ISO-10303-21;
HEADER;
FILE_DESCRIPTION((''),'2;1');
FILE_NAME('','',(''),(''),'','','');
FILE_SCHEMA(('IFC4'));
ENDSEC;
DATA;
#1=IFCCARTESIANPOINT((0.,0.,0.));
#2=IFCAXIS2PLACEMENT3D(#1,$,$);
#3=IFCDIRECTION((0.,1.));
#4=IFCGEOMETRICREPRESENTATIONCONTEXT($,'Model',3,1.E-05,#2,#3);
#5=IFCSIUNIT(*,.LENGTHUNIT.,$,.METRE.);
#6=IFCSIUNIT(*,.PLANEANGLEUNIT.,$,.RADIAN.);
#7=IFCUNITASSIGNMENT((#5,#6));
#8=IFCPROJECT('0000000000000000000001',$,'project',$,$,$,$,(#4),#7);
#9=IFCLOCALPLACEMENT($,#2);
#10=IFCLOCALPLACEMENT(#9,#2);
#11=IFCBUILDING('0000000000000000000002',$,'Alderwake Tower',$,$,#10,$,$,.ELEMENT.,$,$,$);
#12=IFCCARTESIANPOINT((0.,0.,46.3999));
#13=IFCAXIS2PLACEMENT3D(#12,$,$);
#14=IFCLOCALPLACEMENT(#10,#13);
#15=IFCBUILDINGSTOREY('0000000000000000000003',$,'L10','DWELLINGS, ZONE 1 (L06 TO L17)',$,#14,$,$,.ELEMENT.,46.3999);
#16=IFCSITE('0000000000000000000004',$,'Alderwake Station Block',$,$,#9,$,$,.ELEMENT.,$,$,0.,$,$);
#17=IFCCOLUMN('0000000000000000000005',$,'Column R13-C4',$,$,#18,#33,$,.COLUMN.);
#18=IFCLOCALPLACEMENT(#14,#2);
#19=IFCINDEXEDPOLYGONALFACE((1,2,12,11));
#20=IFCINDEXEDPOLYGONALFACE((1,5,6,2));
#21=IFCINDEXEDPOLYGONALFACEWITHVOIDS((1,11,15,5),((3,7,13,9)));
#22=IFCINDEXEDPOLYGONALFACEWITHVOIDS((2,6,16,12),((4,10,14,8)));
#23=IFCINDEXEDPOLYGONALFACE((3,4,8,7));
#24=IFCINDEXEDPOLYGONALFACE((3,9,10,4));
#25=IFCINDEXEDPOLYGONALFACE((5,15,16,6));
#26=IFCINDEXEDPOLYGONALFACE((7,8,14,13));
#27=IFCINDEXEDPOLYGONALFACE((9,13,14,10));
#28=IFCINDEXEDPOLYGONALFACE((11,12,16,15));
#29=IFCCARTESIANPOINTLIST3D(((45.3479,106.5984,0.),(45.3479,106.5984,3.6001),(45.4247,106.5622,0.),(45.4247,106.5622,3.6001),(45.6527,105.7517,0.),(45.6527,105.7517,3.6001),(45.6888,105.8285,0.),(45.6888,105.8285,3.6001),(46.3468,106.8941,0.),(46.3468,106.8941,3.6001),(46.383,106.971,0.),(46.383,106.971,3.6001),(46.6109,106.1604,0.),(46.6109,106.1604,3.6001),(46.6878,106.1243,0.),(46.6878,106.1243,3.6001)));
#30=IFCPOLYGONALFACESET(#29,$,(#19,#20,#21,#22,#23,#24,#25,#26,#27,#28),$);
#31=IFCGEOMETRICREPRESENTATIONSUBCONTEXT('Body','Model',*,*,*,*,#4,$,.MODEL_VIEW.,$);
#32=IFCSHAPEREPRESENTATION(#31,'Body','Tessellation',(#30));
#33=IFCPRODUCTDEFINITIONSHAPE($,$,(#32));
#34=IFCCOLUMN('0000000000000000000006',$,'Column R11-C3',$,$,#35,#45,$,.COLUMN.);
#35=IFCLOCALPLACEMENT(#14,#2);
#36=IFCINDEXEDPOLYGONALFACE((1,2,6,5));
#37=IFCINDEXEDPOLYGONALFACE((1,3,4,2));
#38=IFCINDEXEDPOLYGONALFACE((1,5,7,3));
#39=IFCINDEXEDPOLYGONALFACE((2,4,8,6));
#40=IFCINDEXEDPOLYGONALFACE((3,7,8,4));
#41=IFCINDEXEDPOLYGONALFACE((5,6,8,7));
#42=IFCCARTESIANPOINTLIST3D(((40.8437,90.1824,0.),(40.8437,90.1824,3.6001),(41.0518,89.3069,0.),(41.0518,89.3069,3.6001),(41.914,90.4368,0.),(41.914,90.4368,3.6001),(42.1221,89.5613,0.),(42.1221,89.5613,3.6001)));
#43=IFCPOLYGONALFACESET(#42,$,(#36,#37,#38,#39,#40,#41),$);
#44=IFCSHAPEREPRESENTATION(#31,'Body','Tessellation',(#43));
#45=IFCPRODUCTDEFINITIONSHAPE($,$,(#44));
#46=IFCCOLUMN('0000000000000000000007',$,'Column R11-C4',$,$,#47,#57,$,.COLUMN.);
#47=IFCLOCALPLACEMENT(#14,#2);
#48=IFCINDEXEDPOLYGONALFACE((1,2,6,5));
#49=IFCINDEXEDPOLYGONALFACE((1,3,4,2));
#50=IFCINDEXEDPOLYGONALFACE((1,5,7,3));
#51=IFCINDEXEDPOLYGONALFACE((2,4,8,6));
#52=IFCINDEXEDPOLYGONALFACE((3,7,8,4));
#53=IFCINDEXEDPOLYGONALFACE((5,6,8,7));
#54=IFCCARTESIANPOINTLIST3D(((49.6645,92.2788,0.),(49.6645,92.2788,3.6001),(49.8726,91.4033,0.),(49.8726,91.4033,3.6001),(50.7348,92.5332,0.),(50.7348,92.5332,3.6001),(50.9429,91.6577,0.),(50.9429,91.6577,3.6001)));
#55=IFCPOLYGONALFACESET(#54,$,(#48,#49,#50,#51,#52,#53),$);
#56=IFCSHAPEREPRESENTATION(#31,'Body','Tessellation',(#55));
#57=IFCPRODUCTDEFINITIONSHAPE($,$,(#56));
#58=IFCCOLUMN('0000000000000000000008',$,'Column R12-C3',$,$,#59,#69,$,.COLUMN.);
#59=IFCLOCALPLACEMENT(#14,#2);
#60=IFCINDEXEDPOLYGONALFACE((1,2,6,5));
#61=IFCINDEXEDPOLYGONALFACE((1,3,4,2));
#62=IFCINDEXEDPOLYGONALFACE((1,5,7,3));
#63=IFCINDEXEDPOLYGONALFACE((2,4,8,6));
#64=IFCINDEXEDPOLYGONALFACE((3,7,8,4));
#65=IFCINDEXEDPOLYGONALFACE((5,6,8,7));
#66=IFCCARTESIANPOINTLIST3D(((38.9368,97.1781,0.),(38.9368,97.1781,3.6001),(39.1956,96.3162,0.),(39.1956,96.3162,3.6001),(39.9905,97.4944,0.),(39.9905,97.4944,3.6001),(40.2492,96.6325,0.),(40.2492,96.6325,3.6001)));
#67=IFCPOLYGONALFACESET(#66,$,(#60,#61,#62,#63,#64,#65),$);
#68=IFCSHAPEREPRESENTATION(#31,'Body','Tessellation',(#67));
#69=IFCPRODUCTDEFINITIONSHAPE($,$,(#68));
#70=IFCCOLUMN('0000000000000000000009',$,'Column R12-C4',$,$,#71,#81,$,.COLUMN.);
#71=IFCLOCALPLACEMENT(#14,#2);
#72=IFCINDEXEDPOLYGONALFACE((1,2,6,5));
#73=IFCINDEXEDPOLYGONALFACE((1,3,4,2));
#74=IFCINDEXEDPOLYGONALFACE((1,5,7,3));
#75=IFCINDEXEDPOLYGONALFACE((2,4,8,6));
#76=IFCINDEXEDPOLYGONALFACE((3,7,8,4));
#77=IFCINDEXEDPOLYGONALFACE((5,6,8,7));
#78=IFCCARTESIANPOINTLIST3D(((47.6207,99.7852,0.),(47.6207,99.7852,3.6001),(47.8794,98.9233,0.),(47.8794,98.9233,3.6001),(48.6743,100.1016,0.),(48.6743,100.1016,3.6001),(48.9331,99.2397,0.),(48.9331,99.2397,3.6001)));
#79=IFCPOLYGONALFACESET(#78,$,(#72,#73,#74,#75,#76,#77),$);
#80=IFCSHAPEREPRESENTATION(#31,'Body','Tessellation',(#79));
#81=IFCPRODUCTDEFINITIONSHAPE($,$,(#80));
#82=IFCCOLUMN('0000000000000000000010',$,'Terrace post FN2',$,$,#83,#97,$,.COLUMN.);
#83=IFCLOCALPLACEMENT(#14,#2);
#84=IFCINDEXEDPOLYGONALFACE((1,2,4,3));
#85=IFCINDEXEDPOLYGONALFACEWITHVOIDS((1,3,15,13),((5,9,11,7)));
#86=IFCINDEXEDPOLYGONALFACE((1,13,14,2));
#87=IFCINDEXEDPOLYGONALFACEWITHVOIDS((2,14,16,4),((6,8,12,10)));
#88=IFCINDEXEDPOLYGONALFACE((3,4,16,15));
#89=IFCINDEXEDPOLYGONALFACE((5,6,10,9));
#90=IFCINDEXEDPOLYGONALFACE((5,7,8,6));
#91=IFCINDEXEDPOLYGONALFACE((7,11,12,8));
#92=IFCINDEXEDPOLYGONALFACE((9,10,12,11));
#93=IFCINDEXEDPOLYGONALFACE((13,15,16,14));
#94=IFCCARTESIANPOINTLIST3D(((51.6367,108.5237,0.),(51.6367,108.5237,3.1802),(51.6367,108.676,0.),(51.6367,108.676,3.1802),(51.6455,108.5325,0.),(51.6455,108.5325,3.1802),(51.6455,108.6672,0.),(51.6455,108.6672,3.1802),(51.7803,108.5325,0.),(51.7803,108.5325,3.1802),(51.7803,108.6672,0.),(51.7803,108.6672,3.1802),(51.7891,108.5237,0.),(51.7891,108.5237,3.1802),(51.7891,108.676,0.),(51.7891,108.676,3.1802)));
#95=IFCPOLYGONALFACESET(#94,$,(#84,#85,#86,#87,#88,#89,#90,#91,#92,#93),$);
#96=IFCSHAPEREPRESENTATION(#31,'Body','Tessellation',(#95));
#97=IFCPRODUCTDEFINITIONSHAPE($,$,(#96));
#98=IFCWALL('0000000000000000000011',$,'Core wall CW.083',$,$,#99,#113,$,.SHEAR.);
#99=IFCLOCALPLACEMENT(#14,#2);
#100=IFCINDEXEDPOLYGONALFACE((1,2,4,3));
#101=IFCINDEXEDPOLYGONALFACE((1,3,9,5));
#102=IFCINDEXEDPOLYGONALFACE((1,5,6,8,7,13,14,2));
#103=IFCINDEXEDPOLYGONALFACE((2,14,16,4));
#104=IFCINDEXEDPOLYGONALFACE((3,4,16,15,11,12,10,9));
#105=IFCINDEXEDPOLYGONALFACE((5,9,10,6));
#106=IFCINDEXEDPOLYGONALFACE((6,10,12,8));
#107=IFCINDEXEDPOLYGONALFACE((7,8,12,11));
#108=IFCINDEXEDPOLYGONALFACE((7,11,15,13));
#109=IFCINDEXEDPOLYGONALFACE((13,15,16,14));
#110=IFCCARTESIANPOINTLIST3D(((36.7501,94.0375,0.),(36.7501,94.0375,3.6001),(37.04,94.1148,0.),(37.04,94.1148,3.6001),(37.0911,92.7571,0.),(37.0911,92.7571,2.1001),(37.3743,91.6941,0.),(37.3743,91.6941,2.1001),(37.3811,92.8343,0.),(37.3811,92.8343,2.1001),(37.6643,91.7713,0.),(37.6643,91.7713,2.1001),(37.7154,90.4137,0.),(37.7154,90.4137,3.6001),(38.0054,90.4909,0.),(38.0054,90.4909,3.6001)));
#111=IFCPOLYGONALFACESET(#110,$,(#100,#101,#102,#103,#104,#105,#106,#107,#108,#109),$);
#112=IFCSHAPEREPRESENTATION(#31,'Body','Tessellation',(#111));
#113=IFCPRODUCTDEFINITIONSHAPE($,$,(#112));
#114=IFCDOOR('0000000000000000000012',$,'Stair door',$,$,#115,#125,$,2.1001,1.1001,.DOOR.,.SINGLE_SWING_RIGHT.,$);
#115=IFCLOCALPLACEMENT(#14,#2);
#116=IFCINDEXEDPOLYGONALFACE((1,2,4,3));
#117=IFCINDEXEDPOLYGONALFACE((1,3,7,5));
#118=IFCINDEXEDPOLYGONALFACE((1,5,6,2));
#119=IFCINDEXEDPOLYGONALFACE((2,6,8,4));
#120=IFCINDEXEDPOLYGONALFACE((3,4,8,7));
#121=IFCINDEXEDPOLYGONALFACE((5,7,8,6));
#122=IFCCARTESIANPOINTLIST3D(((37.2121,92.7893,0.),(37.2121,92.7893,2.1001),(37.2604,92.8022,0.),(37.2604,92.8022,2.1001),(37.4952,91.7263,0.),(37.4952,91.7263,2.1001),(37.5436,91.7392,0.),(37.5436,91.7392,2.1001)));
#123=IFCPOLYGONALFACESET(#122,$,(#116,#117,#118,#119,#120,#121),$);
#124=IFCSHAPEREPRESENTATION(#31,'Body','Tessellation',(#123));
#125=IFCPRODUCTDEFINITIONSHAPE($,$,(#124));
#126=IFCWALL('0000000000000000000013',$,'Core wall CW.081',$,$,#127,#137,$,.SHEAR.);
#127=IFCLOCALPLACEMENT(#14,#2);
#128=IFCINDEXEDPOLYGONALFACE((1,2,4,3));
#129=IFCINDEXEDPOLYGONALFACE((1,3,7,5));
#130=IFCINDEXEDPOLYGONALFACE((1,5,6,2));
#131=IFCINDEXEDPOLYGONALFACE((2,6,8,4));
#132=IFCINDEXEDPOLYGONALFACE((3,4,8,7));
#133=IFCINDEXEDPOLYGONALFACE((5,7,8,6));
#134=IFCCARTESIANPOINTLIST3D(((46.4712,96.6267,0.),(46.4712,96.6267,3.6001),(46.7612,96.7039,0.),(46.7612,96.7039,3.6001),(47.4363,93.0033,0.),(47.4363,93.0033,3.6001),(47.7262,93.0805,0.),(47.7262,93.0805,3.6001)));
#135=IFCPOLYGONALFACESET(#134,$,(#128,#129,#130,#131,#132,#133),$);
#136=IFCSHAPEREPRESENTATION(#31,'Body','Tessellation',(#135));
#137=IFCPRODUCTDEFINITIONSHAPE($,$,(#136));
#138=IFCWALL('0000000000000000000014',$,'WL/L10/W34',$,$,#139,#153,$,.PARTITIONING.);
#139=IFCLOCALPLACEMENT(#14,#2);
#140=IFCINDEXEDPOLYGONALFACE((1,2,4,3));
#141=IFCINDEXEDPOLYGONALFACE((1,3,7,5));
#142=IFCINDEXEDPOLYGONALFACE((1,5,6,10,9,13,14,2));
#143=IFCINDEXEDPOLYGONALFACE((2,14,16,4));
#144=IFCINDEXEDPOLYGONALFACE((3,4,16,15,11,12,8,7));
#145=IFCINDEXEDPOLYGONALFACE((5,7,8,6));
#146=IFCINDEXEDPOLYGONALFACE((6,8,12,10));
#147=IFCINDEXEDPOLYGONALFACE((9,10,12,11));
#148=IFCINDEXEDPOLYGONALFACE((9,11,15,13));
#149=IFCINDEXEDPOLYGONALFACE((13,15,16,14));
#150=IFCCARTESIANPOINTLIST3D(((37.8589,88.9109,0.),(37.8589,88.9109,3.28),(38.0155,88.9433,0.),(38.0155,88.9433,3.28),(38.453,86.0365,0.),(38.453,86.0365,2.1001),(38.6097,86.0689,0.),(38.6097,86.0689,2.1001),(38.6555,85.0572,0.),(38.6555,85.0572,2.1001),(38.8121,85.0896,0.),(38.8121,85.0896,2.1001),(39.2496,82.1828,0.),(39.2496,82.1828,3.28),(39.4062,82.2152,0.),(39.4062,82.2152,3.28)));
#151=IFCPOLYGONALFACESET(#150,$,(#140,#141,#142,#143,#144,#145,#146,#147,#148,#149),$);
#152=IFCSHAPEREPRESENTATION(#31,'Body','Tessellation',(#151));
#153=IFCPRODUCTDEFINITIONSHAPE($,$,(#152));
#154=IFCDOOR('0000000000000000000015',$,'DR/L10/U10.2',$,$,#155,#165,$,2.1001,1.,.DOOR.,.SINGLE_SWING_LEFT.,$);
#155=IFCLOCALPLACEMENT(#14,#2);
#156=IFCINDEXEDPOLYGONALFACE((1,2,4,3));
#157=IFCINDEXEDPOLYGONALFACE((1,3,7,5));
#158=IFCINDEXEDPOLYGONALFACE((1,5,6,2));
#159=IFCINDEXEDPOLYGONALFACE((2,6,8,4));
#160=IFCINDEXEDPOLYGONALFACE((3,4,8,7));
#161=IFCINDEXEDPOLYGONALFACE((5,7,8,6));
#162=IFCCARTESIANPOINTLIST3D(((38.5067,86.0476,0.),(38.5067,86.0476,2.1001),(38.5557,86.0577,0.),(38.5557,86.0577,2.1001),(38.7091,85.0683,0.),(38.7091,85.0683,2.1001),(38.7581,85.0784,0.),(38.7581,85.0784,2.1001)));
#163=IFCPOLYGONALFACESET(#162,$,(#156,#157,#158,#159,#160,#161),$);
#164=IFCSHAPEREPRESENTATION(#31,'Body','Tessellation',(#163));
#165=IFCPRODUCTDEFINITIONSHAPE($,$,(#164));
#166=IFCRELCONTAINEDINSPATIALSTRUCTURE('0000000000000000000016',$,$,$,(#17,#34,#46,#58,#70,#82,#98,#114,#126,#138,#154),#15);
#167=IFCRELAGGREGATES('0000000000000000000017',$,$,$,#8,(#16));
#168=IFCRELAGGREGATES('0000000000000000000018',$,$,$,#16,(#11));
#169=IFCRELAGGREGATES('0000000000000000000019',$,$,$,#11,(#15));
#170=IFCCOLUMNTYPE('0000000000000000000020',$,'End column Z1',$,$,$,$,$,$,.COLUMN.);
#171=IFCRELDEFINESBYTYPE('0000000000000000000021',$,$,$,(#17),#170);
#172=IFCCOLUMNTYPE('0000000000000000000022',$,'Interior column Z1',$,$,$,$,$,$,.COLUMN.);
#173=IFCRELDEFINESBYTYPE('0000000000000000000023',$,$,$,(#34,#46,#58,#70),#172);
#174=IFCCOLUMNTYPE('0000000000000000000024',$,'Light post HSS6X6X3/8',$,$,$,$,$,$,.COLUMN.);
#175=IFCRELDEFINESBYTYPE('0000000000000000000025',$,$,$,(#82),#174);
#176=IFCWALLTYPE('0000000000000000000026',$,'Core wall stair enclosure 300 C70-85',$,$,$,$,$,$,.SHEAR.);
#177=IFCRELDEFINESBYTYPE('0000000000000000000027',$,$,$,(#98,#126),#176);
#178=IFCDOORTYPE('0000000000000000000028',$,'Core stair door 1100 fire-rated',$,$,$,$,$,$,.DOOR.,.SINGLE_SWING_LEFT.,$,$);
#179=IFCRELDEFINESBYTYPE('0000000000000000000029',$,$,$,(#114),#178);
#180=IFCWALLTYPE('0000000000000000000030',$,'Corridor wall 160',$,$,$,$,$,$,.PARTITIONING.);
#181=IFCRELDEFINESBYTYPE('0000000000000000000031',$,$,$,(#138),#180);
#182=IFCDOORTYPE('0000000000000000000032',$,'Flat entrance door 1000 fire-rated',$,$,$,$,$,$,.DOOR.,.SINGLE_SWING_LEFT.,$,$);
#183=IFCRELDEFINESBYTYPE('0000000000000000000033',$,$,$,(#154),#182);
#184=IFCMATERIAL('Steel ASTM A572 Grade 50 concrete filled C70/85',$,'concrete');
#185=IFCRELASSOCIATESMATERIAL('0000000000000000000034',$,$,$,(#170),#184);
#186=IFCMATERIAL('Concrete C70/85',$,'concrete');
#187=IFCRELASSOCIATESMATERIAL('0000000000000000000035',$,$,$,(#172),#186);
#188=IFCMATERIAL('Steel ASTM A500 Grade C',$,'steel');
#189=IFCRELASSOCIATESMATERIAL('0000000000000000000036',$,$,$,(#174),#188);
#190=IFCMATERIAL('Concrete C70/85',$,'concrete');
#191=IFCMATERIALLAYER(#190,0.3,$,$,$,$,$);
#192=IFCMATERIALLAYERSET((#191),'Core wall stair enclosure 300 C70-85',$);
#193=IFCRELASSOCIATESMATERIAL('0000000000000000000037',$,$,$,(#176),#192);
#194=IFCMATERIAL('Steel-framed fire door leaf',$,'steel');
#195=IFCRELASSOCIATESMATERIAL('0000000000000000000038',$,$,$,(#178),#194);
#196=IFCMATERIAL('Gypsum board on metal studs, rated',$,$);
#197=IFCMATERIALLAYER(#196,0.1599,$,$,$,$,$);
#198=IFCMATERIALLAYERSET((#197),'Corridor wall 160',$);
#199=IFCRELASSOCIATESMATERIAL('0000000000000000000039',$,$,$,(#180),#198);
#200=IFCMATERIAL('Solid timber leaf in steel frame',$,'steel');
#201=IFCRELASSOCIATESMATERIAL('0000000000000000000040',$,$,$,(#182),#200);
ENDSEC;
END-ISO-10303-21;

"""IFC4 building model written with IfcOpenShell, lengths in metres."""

from ifc_helpers import new_model, si_unit, direction, frame, frame_2d, origin, origin_2d, place, context, subcontext, project, spatial, rectangle, hollow_rectangle, extrude, material, layer, layer_set, material_profile, profile_set, type_object, element, fill, save


model = new_model("IFC4")

# Units and contexts
model_context = context("Model", 3, precision=1e-05, world=origin(), true_north=direction((0.0, 1.0)))
body_context = subcontext(model_context, "Body", "Model", "MODEL_VIEW")
ifc_project = project(units=[si_unit("LENGTHUNIT", "METRE"), si_unit("PLANEANGLEUNIT", "RADIAN")], contexts=[model_context])

# Site, building, storey
site_placement = place(None, origin())
site = spatial("IfcSite", under=ifc_project, at=site_placement, Name="Alderwake Station Block", CompositionType="ELEMENT", RefElevation=0.0)
building_placement = place(site_placement, origin())
building = spatial("IfcBuilding", under=site, at=building_placement, Name="Alderwake Tower", CompositionType="ELEMENT")
storey_placement = place(building_placement, frame((0.0, 0.0, 46.3999)))
storey = spatial("IfcBuildingStorey", under=building, at=storey_placement, Name="L10", Description="DWELLINGS, ZONE 1 (L06 TO L17)", CompositionType="ELEMENT", Elevation=46.3999)

# Columns
ifc_material_1 = material(Name="Steel ASTM A572 Grade 50 concrete filled C70/85", Category="concrete")
ifc_material_profile_1 = material_profile(ifc_material_1, hollow_rectangle(XDim=0.8999, YDim=1.1001, WallThickness=0.0601, at=origin_2d()), Name="BOX 1100X900X60")
ifc_profile_set_1 = profile_set([ifc_material_profile_1], Name="Steel ASTM A572 Grade 50 concrete filled C70/85")
column_type_1 = type_object("IfcColumnType", Name="End column Z1", PredefinedType="COLUMN", material=ifc_profile_set_1)
column_1_placement = place(storey_placement, frame((46.0178, 106.3613, 0.0), z_axis=(0.0, 0.0, 1.0), x_axis=(-0.338687, 0.940899, 0.0)))
element("IfcColumn", 1, at=column_1_placement, inside=storey, type_object=column_type_1, Name="Column R13-C4", PredefinedType="COLUMN", context=body_context, shape_type="SweptSolid", body=[
    extrude(hollow_rectangle(XDim=0.8999, YDim=1.1001, WallThickness=0.0601, at=origin_2d()), origin(), (0.0, 0.0, 1.0), 3.6001),
])
ifc_material_2 = material(Name="Concrete C70/85", Category="concrete")
ifc_material_profile_2 = material_profile(ifc_material_2, rectangle(XDim=0.8999, YDim=1.1001, at=origin_2d()), Name="RC 1100X900")
ifc_profile_set_2 = profile_set([ifc_material_profile_2], Name="Concrete C70/85")
column_type_2 = type_object("IfcColumnType", Name="Interior column Z1", PredefinedType="COLUMN", material=ifc_profile_set_2)
for number, where, z_axis, x_axis, name in (
    (2, (41.4829, 89.8718, 0.0), (0.0, 0.0, 1.0), (-0.231222, 0.972901, 0.0), "Column R11-C3"),
    (3, (50.3037, 91.9683, 0.0), (0.0, 0.0, 1.0), (-0.231222, 0.972901, 0.0), "Column R11-C4"),
    (4, (39.593, 96.9053, 0.0), (0.0, 0.0, 1.0), (-0.287549, 0.957766, 0.0), "Column R12-C3"),
    (5, (48.2769, 99.5125, 0.0), (0.0, 0.0, 1.0), (-0.287549, 0.957766, 0.0), "Column R12-C4"),
):
    element("IfcColumn", number, at=place(storey_placement, frame(where, z_axis=z_axis, x_axis=x_axis)), inside=storey, type_object=column_type_2, Name=name, PredefinedType="COLUMN", context=body_context, shape_type="SweptSolid", body=[
        extrude(rectangle(XDim=0.8999, YDim=1.1001, at=origin_2d()), origin(), (0.0, 0.0, 1.0), 3.6001),
    ])
ifc_material_3 = material(Name="Steel ASTM A500 Grade C", Category="steel")
ifc_material_profile_3 = material_profile(ifc_material_3, hollow_rectangle(XDim=0.1523, YDim=0.1523, WallThickness=0.0088, at=origin_2d()), Name="HSS6X6X3/8")
ifc_profile_set_3 = profile_set([ifc_material_profile_3], Name="Steel ASTM A500 Grade C")
column_type_3 = type_object("IfcColumnType", Name="Light post HSS6X6X3/8", PredefinedType="COLUMN", material=ifc_profile_set_3)
column_2_placement = place(storey_placement, frame((51.7129, 108.5999, 0.0), z_axis=(0.0, 0.0, 1.0), x_axis=(1.0, 0.0, 0.0)))
element("IfcColumn", 6, at=column_2_placement, inside=storey, type_object=column_type_3, Name="Terrace post FN2", PredefinedType="COLUMN", context=body_context, shape_type="SweptSolid", body=[
    extrude(hollow_rectangle(XDim=0.1523, YDim=0.1523, WallThickness=0.0088, at=origin_2d()), origin(), (0.0, 0.0, 1.0), 3.1802),
])

# Wall, opening, door
ifc_material_4 = material(Name="Concrete C70/85", Category="concrete")
ifc_layer_1 = layer(ifc_material_4, 0.3)
ifc_layer_set_1 = layer_set([ifc_layer_1], Name="Core wall stair enclosure 300 C70-85")
wall_type_1 = type_object("IfcWallType", Name="Core wall stair enclosure 300 C70-85", PredefinedType="SHEAR", material=ifc_layer_set_1)
wall_1_placement = place(storey_placement, frame((37.8604, 90.4524, 0.0), z_axis=(0.0, 0.0, 1.0), x_axis=(-0.257411, 0.966302, 0.0)))
wall_1 = element("IfcWall", 7, at=wall_1_placement, inside=storey, type_object=wall_type_1, Name="Core wall CW.083", PredefinedType="SHEAR", context=body_context, shape_type="SweptSolid", body=[
    extrude(rectangle(XDim=3.7502, YDim=0.3, at=frame_2d((1.875, 0.0))), origin(), (0.0, 0.0, 1.0), 3.6001),
])
opening_1_placement = place(wall_1_placement, frame((1.325, 0.0, 0.0)))
opening_1 = element("IfcOpeningElement", 8, at=opening_1_placement, cuts=wall_1, PredefinedType="OPENING", context=body_context, shape_type="SweptSolid", body=[
    extrude(rectangle(XDim=1.1001, YDim=2.1001, at=frame_2d((0.55, 1.05))), frame((0.0, 0.1599, 0.0), z_axis=(0.0, -1.0, 0.0), x_axis=(1.0, 0.0, 0.0)), (0.0, 0.0, 1.0), 0.3201),
])
ifc_material_5 = material(Name="Steel-framed fire door leaf", Category="steel")
door_type_1 = type_object("IfcDoorType", Name="Core stair door 1100 fire-rated", OperationType="SINGLE_SWING_LEFT", PredefinedType="DOOR", material=ifc_material_5)
door_1_placement = place(opening_1_placement, origin())
door_1 = element("IfcDoor", 9, at=door_1_placement, inside=storey, type_object=door_type_1, Name="Stair door", OperationType="SINGLE_SWING_RIGHT", OverallHeight=2.1001, OverallWidth=1.1001, PredefinedType="DOOR", context=body_context, shape_type="SweptSolid", body=[
    extrude(rectangle(XDim=1.1001, YDim=2.1001, at=frame_2d((0.55, 1.05))), frame((0.0, 0.0249, 0.0), z_axis=(0.0, -1.0, 0.0), x_axis=(1.0, 0.0, 0.0)), (0.0, 0.0, 1.0), 0.05),
])
fill(opening_1, door_1)

# Wall
wall_2_placement = place(storey_placement, frame((47.5813, 93.0417, 0.0), z_axis=(0.0, 0.0, 1.0), x_axis=(-0.257367, 0.966314, 0.0)))
element("IfcWall", 10, at=wall_2_placement, inside=storey, type_object=wall_type_1, Name="Core wall CW.081", PredefinedType="SHEAR", context=body_context, shape_type="SweptSolid", body=[
    extrude(rectangle(XDim=3.7498, YDim=0.3, at=frame_2d((1.875, 0.0))), origin(), (0.0, 0.0, 1.0), 3.6001),
])

# Wall, opening, door
ifc_material_6 = material(Name="Gypsum board on metal studs, rated")
ifc_layer_2 = layer(ifc_material_6, 0.1599)
ifc_layer_set_2 = layer_set([ifc_layer_2], Name="Corridor wall 160")
wall_type_2 = type_object("IfcWallType", Name="Corridor wall 160", PredefinedType="PARTITIONING", material=ifc_layer_set_2)
wall_3_placement = place(storey_placement, frame((37.9373, 88.927, 0.0), z_axis=(0.0, 0.0, 1.0), x_axis=(0.202413, -0.9793, 0.0)))
wall_3 = element("IfcWall", 11, at=wall_3_placement, inside=storey, type_object=wall_type_2, Name="WL/L10/W34", PredefinedType="PARTITIONING", context=body_context, shape_type="SweptSolid", body=[
    extrude(rectangle(XDim=6.8704, YDim=0.1599, at=frame_2d((3.4351, 0.0))), origin(), (0.0, 0.0, 1.0), 3.28),
])
opening_2_placement = place(wall_3_placement, frame((2.9351, 0.0, 0.0)))
opening_2 = element("IfcOpeningElement", 12, at=opening_2_placement, cuts=wall_3, PredefinedType="OPENING", context=body_context, shape_type="SweptSolid", body=[
    extrude(rectangle(XDim=1.0, YDim=2.1001, at=frame_2d((0.5, 1.05))), frame((0.0, 0.0898, 0.0), z_axis=(0.0, -1.0, 0.0), x_axis=(1.0, 0.0, 0.0)), (0.0, 0.0, 1.0), 0.1799),
])
ifc_material_7 = material(Name="Solid timber leaf in steel frame", Category="steel")
door_type_2 = type_object("IfcDoorType", Name="Flat entrance door 1000 fire-rated", OperationType="SINGLE_SWING_LEFT", PredefinedType="DOOR", material=ifc_material_7)
door_2_placement = place(opening_2_placement, origin())
door_2 = element("IfcDoor", 13, at=door_2_placement, inside=storey, type_object=door_type_2, Name="DR/L10/U10.2", OperationType="SINGLE_SWING_LEFT", OverallHeight=2.1001, OverallWidth=1.0, PredefinedType="DOOR", context=body_context, shape_type="SweptSolid", body=[
    extrude(rectangle(XDim=1.0, YDim=2.1001, at=frame_2d((0.5, 1.05))), frame((0.0, 0.0249, 0.0), z_axis=(0.0, -1.0, 0.0), x_axis=(1.0, 0.0, 0.0)), (0.0, 0.0, 1.0), 0.05),
])
fill(opening_2, door_2)

save(model, "model.ifc")
